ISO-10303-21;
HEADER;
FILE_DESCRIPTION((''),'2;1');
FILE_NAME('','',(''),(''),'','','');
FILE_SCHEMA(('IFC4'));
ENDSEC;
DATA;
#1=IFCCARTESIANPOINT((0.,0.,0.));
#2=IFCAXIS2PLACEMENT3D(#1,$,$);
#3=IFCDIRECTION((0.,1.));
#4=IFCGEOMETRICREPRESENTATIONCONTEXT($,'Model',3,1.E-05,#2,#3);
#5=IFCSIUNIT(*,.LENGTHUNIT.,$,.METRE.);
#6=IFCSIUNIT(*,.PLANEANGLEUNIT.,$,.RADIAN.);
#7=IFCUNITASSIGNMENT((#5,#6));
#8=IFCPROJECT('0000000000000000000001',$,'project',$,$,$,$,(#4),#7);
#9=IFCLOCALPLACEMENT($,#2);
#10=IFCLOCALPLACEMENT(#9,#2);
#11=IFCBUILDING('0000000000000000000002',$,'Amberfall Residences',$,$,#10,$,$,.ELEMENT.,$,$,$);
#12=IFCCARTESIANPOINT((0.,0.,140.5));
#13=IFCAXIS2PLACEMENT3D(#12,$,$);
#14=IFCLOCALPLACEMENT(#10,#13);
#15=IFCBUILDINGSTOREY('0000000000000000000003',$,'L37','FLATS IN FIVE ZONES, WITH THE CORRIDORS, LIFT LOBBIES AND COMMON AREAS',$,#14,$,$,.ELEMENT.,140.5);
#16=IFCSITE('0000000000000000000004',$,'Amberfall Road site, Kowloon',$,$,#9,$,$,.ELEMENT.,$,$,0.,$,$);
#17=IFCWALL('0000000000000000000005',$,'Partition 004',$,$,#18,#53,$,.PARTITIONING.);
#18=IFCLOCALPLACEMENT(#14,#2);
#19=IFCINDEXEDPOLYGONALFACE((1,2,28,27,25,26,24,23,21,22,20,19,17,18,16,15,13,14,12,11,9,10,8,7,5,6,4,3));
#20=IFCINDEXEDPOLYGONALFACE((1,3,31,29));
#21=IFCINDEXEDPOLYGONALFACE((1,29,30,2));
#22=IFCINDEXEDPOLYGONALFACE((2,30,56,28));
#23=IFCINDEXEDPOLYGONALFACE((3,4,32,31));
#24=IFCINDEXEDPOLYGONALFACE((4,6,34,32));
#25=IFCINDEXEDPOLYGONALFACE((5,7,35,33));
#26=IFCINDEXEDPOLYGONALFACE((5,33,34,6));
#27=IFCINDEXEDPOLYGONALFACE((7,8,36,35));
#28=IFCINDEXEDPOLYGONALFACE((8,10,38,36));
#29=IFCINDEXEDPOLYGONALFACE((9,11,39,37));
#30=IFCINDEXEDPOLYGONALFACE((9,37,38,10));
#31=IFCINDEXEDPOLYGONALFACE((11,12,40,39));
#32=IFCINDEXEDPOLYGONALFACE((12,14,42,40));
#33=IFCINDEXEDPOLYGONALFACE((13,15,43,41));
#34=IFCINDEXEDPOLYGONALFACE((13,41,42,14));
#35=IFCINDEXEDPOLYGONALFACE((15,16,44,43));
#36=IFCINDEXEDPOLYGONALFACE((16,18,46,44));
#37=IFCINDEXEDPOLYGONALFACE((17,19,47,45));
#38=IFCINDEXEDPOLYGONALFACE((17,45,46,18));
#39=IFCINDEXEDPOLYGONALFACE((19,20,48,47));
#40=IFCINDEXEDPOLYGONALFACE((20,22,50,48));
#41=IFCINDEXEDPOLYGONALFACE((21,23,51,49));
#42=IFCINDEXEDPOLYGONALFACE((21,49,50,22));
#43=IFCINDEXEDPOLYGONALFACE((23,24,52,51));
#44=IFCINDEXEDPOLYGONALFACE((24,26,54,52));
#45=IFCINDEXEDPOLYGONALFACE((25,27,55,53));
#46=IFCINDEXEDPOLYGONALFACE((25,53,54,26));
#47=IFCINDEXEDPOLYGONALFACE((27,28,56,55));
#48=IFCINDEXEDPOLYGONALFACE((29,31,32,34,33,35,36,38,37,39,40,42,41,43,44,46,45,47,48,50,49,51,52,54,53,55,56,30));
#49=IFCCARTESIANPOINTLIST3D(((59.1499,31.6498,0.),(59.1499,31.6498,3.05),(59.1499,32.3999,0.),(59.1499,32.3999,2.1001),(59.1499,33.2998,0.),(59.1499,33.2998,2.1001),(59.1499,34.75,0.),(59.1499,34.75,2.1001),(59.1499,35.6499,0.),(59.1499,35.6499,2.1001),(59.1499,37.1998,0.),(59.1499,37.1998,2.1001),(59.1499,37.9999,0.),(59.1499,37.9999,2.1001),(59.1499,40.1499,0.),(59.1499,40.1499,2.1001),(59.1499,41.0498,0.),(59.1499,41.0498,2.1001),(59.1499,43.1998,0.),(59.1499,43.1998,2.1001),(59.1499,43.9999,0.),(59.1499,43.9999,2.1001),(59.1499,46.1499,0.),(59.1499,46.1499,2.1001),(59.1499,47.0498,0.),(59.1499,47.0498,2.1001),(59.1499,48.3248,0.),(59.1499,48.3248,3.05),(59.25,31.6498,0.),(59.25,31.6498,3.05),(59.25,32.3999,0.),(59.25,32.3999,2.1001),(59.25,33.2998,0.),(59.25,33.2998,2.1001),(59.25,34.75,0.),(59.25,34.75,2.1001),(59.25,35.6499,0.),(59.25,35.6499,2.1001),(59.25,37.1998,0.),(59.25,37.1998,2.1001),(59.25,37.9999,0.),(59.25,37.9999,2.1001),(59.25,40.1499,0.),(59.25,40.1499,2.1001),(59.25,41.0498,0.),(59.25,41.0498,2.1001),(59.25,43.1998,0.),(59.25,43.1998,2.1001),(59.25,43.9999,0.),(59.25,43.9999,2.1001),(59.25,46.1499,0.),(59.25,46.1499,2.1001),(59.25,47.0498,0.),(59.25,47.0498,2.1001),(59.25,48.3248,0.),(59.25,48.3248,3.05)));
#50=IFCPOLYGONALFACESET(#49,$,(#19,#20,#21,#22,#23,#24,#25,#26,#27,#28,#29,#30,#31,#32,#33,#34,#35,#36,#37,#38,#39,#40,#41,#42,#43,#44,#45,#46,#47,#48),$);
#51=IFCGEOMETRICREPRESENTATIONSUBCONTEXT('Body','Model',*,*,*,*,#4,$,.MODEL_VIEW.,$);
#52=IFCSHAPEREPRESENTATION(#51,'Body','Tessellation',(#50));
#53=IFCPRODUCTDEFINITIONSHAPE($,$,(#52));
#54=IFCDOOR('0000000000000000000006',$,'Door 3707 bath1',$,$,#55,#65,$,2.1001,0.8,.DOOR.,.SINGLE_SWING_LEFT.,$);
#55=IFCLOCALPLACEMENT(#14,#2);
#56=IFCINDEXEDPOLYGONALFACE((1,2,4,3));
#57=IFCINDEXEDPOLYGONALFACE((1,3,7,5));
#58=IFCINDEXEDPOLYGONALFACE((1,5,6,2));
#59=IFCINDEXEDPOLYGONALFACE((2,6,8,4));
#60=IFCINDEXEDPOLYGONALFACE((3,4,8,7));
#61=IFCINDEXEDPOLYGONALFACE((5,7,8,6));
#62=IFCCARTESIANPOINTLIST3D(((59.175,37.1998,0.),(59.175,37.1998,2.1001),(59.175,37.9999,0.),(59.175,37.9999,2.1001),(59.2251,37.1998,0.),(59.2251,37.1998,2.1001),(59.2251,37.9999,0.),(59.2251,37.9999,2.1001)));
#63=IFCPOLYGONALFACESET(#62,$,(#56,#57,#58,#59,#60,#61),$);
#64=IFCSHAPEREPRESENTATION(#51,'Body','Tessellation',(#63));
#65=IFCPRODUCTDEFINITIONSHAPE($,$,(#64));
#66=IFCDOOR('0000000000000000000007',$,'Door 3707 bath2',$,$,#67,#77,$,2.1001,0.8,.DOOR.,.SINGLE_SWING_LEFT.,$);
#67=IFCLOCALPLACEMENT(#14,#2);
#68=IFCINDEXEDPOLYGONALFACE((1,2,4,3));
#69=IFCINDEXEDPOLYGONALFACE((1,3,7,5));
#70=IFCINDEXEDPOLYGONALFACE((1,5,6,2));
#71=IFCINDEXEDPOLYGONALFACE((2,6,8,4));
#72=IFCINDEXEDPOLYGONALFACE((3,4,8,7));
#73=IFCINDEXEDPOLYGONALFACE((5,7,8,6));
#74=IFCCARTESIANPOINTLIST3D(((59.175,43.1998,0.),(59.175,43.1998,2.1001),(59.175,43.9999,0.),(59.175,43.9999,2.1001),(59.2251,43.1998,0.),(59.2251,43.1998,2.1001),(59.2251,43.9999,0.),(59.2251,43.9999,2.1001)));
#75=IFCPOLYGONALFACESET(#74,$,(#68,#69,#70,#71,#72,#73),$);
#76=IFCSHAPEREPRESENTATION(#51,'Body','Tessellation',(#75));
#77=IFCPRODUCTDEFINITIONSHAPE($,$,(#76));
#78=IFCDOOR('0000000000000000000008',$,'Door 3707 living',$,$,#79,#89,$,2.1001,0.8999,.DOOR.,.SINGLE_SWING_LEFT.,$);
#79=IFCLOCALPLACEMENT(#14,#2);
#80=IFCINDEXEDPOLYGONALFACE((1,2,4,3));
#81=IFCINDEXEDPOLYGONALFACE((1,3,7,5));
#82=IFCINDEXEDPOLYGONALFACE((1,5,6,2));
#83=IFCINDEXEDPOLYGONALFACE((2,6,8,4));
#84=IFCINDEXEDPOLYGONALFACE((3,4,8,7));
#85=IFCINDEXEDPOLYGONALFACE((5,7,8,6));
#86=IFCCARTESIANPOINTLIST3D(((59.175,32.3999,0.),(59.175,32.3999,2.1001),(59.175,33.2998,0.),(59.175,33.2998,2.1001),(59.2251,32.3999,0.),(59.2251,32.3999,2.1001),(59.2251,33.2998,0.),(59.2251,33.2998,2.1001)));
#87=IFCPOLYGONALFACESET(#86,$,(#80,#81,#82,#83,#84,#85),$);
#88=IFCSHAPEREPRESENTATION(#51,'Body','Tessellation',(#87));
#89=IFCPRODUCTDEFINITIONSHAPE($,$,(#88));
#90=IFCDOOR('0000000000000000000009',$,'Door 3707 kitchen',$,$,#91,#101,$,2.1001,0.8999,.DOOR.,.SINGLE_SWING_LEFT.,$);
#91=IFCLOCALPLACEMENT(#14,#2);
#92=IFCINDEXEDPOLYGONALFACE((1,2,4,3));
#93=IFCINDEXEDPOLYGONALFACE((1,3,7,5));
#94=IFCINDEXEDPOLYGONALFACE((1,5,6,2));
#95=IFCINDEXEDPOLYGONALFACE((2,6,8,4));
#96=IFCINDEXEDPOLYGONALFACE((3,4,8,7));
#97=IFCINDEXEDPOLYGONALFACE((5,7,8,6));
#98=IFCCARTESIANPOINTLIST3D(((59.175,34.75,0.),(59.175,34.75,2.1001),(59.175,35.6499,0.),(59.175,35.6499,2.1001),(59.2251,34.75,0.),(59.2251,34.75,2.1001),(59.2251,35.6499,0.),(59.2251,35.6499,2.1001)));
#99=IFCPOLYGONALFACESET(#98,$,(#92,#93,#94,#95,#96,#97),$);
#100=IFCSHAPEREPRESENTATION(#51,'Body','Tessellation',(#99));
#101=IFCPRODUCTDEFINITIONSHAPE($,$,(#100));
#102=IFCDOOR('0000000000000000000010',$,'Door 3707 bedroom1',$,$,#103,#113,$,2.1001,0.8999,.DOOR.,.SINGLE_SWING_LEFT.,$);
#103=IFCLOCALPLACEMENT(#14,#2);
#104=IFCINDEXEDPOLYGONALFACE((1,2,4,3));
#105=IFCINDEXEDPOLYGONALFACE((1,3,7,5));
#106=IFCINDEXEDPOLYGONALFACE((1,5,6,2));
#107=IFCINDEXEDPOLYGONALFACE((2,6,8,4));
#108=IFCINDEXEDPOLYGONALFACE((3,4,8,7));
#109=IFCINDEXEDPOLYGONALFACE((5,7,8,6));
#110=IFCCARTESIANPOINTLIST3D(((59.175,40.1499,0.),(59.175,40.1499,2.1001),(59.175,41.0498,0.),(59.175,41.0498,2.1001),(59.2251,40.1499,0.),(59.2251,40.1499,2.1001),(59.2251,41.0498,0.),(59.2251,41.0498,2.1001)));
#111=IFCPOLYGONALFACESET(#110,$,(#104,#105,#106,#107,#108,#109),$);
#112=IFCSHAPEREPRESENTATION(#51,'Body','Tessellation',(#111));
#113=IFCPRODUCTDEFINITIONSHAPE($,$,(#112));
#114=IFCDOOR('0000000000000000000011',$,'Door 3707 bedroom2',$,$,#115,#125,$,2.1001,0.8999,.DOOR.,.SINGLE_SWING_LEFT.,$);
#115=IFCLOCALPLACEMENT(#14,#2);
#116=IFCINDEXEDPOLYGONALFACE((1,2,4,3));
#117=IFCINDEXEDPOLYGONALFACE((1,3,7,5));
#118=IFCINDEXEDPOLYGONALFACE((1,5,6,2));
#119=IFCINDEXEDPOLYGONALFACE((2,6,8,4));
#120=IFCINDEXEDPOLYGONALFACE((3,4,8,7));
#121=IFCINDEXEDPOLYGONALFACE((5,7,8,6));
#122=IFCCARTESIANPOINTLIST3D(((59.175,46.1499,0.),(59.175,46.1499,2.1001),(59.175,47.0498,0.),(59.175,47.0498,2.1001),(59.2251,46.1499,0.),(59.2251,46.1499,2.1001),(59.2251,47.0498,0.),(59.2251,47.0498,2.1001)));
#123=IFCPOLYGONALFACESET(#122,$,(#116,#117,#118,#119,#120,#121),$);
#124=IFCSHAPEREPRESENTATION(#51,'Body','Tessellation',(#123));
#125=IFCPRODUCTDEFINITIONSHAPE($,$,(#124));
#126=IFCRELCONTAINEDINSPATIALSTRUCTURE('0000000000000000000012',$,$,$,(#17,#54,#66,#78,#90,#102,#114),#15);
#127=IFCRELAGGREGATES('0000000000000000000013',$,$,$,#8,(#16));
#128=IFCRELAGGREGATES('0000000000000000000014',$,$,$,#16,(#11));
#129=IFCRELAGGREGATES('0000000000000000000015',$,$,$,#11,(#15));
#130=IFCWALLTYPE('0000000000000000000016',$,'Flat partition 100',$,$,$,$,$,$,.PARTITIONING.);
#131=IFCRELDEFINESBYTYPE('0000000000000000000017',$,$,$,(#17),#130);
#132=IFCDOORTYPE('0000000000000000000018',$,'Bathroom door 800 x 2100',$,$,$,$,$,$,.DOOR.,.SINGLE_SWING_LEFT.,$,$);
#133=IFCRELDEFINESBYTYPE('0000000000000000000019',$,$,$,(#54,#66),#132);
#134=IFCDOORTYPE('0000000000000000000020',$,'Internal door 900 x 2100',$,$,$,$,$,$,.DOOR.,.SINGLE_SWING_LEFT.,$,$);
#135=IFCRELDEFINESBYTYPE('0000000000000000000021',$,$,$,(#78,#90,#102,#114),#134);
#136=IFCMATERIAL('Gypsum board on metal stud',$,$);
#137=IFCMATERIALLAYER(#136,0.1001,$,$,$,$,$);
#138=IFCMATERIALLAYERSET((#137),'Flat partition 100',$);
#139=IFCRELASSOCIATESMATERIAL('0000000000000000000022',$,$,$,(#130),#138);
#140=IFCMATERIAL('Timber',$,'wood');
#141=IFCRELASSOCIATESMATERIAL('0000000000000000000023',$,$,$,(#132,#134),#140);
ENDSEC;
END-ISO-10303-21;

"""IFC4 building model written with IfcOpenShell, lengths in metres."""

from ifc_helpers import new_model, si_unit, direction, frame, frame_2d, origin, place, context, subcontext, project, spatial, rectangle, extrude, material, layer, layer_set, type_object, element, fill, save


model = new_model("IFC4")

# Units and contexts
model_context = context("Model", 3, precision=1e-05, world=origin(), true_north=direction((0.0, 1.0)))
body_context = subcontext(model_context, "Body", "Model", "MODEL_VIEW")
ifc_project = project(units=[si_unit("LENGTHUNIT", "METRE"), si_unit("PLANEANGLEUNIT", "RADIAN")], contexts=[model_context])

# Site, building, storey
site_placement = place(None, origin())
site = spatial("IfcSite", under=ifc_project, at=site_placement, Name="Amberfall Road site, Kowloon", CompositionType="ELEMENT", RefElevation=0.0)
building_placement = place(site_placement, origin())
building = spatial("IfcBuilding", under=site, at=building_placement, Name="Amberfall Residences", CompositionType="ELEMENT")
storey_placement = place(building_placement, frame((0.0, 0.0, 140.5)))
storey = spatial("IfcBuildingStorey", under=building, at=storey_placement, Name="L37", Description="FLATS IN FIVE ZONES, WITH THE CORRIDORS, LIFT LOBBIES AND COMMON AREAS", CompositionType="ELEMENT", Elevation=140.5)

# Wall, openings, doors
ifc_material_1 = material(Name="Gypsum board on metal stud")
ifc_layer_1 = layer(ifc_material_1, 0.1001)
ifc_layer_set_1 = layer_set([ifc_layer_1], Name="Flat partition 100")
wall_type_1 = type_object("IfcWallType", Name="Flat partition 100", PredefinedType="PARTITIONING", material=ifc_layer_set_1)
wall_1_placement = place(storey_placement, frame((59.2, 31.6499, 0.0), z_axis=(0.0, 0.0, 1.0), x_axis=(0.0, 1.0, 0.0)))
wall_1 = element("IfcWall", 1, at=wall_1_placement, inside=storey, type_object=wall_type_1, Name="Partition 004", PredefinedType="PARTITIONING", context=body_context, shape_type="SweptSolid", body=[
    extrude(rectangle(XDim=16.675, YDim=0.1001, at=frame_2d((8.3374, 0.0))), origin(), (0.0, 0.0, 1.0), 3.05),
])
opening_1_placement = place(wall_1_placement, frame((0.75, 0.0, 0.0)))
opening_1 = element("IfcOpeningElement", 2, at=opening_1_placement, cuts=wall_1, PredefinedType="OPENING", context=body_context, shape_type="SweptSolid", body=[
    extrude(rectangle(XDim=0.8999, YDim=2.1001, at=frame_2d((0.45, 1.05))), frame((0.0, 0.0601, 0.0), z_axis=(0.0, -1.0, 0.0), x_axis=(1.0, 0.0, 0.0)), (0.0, 0.0, 1.0), 0.1201),
])
opening_2_placement = place(wall_1_placement, frame((3.1001, 0.0, 0.0)))
opening_2 = element("IfcOpeningElement", 3, at=opening_2_placement, cuts=wall_1, PredefinedType="OPENING", context=body_context, shape_type="SweptSolid", body=[
    extrude(rectangle(XDim=0.8999, YDim=2.1001, at=frame_2d((0.45, 1.05))), frame((0.0, 0.0601, 0.0), z_axis=(0.0, -1.0, 0.0), x_axis=(1.0, 0.0, 0.0)), (0.0, 0.0, 1.0), 0.1201),
])
opening_3_placement = place(wall_1_placement, frame((8.5, 0.0, 0.0)))
opening_3 = element("IfcOpeningElement", 4, at=opening_3_placement, cuts=wall_1, PredefinedType="OPENING", context=body_context, shape_type="SweptSolid", body=[
    extrude(rectangle(XDim=0.8999, YDim=2.1001, at=frame_2d((0.45, 1.05))), frame((0.0, 0.0601, 0.0), z_axis=(0.0, -1.0, 0.0), x_axis=(1.0, 0.0, 0.0)), (0.0, 0.0, 1.0), 0.1201),
])
opening_4_placement = place(wall_1_placement, frame((14.5, 0.0, 0.0)))
opening_4 = element("IfcOpeningElement", 5, at=opening_4_placement, cuts=wall_1, PredefinedType="OPENING", context=body_context, shape_type="SweptSolid", body=[
    extrude(rectangle(XDim=0.8999, YDim=2.1001, at=frame_2d((0.45, 1.05))), frame((0.0, 0.0601, 0.0), z_axis=(0.0, -1.0, 0.0), x_axis=(1.0, 0.0, 0.0)), (0.0, 0.0, 1.0), 0.1201),
])
opening_5_placement = place(wall_1_placement, frame((5.55, 0.0, 0.0)))
opening_5 = element("IfcOpeningElement", 6, at=opening_5_placement, cuts=wall_1, PredefinedType="OPENING", context=body_context, shape_type="SweptSolid", body=[
    extrude(rectangle(XDim=0.8, YDim=2.1001, at=frame_2d((0.3999, 1.05))), frame((0.0, 0.0601, 0.0), z_axis=(0.0, -1.0, 0.0), x_axis=(1.0, 0.0, 0.0)), (0.0, 0.0, 1.0), 0.1201),
])
opening_6_placement = place(wall_1_placement, frame((11.55, 0.0, 0.0)))
opening_6 = element("IfcOpeningElement", 7, at=opening_6_placement, cuts=wall_1, PredefinedType="OPENING", context=body_context, shape_type="SweptSolid", body=[
    extrude(rectangle(XDim=0.8, YDim=2.1001, at=frame_2d((0.3999, 1.05))), frame((0.0, 0.0601, 0.0), z_axis=(0.0, -1.0, 0.0), x_axis=(1.0, 0.0, 0.0)), (0.0, 0.0, 1.0), 0.1201),
])
ifc_material_2 = material(Name="Timber", Category="wood")
door_type_1 = type_object("IfcDoorType", Name="Bathroom door 800 x 2100", OperationType="SINGLE_SWING_LEFT", PredefinedType="DOOR", material=ifc_material_2)
door_1_placement = place(opening_5_placement, origin())
door_1 = element("IfcDoor", 8, at=door_1_placement, inside=storey, type_object=door_type_1, Name="Door 3707 bath1", OperationType="SINGLE_SWING_LEFT", OverallHeight=2.1001, OverallWidth=0.8, PredefinedType="DOOR", context=body_context, shape_type="SweptSolid", body=[
    extrude(rectangle(XDim=0.8, YDim=2.1001, at=frame_2d((0.3999, 1.05))), frame((0.0, 0.0249, 0.0), z_axis=(0.0, -1.0, 0.0), x_axis=(1.0, 0.0, 0.0)), (0.0, 0.0, 1.0), 0.05),
])
fill(opening_5, door_1)
door_2_placement = place(opening_6_placement, origin())
door_2 = element("IfcDoor", 9, at=door_2_placement, inside=storey, type_object=door_type_1, Name="Door 3707 bath2", OperationType="SINGLE_SWING_LEFT", OverallHeight=2.1001, OverallWidth=0.8, PredefinedType="DOOR", context=body_context, shape_type="SweptSolid", body=[
    extrude(rectangle(XDim=0.8, YDim=2.1001, at=frame_2d((0.3999, 1.05))), frame((0.0, 0.0249, 0.0), z_axis=(0.0, -1.0, 0.0), x_axis=(1.0, 0.0, 0.0)), (0.0, 0.0, 1.0), 0.05),
])
fill(opening_6, door_2)
door_type_2 = type_object("IfcDoorType", Name="Internal door 900 x 2100", OperationType="SINGLE_SWING_LEFT", PredefinedType="DOOR", material=ifc_material_2)
door_3_placement = place(opening_1_placement, origin())
door_3 = element("IfcDoor", 10, at=door_3_placement, inside=storey, type_object=door_type_2, Name="Door 3707 living", OperationType="SINGLE_SWING_LEFT", OverallHeight=2.1001, OverallWidth=0.8999, PredefinedType="DOOR", context=body_context, shape_type="SweptSolid", body=[
    extrude(rectangle(XDim=0.8999, YDim=2.1001, at=frame_2d((0.45, 1.05))), frame((0.0, 0.0249, 0.0), z_axis=(0.0, -1.0, 0.0), x_axis=(1.0, 0.0, 0.0)), (0.0, 0.0, 1.0), 0.05),
])
fill(opening_1, door_3)
door_4_placement = place(opening_2_placement, origin())
door_4 = element("IfcDoor", 11, at=door_4_placement, inside=storey, type_object=door_type_2, Name="Door 3707 kitchen", OperationType="SINGLE_SWING_LEFT", OverallHeight=2.1001, OverallWidth=0.8999, PredefinedType="DOOR", context=body_context, shape_type="SweptSolid", body=[
    extrude(rectangle(XDim=0.8999, YDim=2.1001, at=frame_2d((0.45, 1.05))), frame((0.0, 0.0249, 0.0), z_axis=(0.0, -1.0, 0.0), x_axis=(1.0, 0.0, 0.0)), (0.0, 0.0, 1.0), 0.05),
])
fill(opening_2, door_4)
door_5_placement = place(opening_3_placement, origin())
door_5 = element("IfcDoor", 12, at=door_5_placement, inside=storey, type_object=door_type_2, Name="Door 3707 bedroom1", OperationType="SINGLE_SWING_LEFT", OverallHeight=2.1001, OverallWidth=0.8999, PredefinedType="DOOR", context=body_context, shape_type="SweptSolid", body=[
    extrude(rectangle(XDim=0.8999, YDim=2.1001, at=frame_2d((0.45, 1.05))), frame((0.0, 0.0249, 0.0), z_axis=(0.0, -1.0, 0.0), x_axis=(1.0, 0.0, 0.0)), (0.0, 0.0, 1.0), 0.05),
])
fill(opening_3, door_5)
door_6_placement = place(opening_4_placement, origin())
door_6 = element("IfcDoor", 13, at=door_6_placement, inside=storey, type_object=door_type_2, Name="Door 3707 bedroom2", OperationType="SINGLE_SWING_LEFT", OverallHeight=2.1001, OverallWidth=0.8999, PredefinedType="DOOR", context=body_context, shape_type="SweptSolid", body=[
    extrude(rectangle(XDim=0.8999, YDim=2.1001, at=frame_2d((0.45, 1.05))), frame((0.0, 0.0249, 0.0), z_axis=(0.0, -1.0, 0.0), x_axis=(1.0, 0.0, 0.0)), (0.0, 0.0, 1.0), 0.05),
])
fill(opening_4, door_6)

save(model, "model.ifc")
